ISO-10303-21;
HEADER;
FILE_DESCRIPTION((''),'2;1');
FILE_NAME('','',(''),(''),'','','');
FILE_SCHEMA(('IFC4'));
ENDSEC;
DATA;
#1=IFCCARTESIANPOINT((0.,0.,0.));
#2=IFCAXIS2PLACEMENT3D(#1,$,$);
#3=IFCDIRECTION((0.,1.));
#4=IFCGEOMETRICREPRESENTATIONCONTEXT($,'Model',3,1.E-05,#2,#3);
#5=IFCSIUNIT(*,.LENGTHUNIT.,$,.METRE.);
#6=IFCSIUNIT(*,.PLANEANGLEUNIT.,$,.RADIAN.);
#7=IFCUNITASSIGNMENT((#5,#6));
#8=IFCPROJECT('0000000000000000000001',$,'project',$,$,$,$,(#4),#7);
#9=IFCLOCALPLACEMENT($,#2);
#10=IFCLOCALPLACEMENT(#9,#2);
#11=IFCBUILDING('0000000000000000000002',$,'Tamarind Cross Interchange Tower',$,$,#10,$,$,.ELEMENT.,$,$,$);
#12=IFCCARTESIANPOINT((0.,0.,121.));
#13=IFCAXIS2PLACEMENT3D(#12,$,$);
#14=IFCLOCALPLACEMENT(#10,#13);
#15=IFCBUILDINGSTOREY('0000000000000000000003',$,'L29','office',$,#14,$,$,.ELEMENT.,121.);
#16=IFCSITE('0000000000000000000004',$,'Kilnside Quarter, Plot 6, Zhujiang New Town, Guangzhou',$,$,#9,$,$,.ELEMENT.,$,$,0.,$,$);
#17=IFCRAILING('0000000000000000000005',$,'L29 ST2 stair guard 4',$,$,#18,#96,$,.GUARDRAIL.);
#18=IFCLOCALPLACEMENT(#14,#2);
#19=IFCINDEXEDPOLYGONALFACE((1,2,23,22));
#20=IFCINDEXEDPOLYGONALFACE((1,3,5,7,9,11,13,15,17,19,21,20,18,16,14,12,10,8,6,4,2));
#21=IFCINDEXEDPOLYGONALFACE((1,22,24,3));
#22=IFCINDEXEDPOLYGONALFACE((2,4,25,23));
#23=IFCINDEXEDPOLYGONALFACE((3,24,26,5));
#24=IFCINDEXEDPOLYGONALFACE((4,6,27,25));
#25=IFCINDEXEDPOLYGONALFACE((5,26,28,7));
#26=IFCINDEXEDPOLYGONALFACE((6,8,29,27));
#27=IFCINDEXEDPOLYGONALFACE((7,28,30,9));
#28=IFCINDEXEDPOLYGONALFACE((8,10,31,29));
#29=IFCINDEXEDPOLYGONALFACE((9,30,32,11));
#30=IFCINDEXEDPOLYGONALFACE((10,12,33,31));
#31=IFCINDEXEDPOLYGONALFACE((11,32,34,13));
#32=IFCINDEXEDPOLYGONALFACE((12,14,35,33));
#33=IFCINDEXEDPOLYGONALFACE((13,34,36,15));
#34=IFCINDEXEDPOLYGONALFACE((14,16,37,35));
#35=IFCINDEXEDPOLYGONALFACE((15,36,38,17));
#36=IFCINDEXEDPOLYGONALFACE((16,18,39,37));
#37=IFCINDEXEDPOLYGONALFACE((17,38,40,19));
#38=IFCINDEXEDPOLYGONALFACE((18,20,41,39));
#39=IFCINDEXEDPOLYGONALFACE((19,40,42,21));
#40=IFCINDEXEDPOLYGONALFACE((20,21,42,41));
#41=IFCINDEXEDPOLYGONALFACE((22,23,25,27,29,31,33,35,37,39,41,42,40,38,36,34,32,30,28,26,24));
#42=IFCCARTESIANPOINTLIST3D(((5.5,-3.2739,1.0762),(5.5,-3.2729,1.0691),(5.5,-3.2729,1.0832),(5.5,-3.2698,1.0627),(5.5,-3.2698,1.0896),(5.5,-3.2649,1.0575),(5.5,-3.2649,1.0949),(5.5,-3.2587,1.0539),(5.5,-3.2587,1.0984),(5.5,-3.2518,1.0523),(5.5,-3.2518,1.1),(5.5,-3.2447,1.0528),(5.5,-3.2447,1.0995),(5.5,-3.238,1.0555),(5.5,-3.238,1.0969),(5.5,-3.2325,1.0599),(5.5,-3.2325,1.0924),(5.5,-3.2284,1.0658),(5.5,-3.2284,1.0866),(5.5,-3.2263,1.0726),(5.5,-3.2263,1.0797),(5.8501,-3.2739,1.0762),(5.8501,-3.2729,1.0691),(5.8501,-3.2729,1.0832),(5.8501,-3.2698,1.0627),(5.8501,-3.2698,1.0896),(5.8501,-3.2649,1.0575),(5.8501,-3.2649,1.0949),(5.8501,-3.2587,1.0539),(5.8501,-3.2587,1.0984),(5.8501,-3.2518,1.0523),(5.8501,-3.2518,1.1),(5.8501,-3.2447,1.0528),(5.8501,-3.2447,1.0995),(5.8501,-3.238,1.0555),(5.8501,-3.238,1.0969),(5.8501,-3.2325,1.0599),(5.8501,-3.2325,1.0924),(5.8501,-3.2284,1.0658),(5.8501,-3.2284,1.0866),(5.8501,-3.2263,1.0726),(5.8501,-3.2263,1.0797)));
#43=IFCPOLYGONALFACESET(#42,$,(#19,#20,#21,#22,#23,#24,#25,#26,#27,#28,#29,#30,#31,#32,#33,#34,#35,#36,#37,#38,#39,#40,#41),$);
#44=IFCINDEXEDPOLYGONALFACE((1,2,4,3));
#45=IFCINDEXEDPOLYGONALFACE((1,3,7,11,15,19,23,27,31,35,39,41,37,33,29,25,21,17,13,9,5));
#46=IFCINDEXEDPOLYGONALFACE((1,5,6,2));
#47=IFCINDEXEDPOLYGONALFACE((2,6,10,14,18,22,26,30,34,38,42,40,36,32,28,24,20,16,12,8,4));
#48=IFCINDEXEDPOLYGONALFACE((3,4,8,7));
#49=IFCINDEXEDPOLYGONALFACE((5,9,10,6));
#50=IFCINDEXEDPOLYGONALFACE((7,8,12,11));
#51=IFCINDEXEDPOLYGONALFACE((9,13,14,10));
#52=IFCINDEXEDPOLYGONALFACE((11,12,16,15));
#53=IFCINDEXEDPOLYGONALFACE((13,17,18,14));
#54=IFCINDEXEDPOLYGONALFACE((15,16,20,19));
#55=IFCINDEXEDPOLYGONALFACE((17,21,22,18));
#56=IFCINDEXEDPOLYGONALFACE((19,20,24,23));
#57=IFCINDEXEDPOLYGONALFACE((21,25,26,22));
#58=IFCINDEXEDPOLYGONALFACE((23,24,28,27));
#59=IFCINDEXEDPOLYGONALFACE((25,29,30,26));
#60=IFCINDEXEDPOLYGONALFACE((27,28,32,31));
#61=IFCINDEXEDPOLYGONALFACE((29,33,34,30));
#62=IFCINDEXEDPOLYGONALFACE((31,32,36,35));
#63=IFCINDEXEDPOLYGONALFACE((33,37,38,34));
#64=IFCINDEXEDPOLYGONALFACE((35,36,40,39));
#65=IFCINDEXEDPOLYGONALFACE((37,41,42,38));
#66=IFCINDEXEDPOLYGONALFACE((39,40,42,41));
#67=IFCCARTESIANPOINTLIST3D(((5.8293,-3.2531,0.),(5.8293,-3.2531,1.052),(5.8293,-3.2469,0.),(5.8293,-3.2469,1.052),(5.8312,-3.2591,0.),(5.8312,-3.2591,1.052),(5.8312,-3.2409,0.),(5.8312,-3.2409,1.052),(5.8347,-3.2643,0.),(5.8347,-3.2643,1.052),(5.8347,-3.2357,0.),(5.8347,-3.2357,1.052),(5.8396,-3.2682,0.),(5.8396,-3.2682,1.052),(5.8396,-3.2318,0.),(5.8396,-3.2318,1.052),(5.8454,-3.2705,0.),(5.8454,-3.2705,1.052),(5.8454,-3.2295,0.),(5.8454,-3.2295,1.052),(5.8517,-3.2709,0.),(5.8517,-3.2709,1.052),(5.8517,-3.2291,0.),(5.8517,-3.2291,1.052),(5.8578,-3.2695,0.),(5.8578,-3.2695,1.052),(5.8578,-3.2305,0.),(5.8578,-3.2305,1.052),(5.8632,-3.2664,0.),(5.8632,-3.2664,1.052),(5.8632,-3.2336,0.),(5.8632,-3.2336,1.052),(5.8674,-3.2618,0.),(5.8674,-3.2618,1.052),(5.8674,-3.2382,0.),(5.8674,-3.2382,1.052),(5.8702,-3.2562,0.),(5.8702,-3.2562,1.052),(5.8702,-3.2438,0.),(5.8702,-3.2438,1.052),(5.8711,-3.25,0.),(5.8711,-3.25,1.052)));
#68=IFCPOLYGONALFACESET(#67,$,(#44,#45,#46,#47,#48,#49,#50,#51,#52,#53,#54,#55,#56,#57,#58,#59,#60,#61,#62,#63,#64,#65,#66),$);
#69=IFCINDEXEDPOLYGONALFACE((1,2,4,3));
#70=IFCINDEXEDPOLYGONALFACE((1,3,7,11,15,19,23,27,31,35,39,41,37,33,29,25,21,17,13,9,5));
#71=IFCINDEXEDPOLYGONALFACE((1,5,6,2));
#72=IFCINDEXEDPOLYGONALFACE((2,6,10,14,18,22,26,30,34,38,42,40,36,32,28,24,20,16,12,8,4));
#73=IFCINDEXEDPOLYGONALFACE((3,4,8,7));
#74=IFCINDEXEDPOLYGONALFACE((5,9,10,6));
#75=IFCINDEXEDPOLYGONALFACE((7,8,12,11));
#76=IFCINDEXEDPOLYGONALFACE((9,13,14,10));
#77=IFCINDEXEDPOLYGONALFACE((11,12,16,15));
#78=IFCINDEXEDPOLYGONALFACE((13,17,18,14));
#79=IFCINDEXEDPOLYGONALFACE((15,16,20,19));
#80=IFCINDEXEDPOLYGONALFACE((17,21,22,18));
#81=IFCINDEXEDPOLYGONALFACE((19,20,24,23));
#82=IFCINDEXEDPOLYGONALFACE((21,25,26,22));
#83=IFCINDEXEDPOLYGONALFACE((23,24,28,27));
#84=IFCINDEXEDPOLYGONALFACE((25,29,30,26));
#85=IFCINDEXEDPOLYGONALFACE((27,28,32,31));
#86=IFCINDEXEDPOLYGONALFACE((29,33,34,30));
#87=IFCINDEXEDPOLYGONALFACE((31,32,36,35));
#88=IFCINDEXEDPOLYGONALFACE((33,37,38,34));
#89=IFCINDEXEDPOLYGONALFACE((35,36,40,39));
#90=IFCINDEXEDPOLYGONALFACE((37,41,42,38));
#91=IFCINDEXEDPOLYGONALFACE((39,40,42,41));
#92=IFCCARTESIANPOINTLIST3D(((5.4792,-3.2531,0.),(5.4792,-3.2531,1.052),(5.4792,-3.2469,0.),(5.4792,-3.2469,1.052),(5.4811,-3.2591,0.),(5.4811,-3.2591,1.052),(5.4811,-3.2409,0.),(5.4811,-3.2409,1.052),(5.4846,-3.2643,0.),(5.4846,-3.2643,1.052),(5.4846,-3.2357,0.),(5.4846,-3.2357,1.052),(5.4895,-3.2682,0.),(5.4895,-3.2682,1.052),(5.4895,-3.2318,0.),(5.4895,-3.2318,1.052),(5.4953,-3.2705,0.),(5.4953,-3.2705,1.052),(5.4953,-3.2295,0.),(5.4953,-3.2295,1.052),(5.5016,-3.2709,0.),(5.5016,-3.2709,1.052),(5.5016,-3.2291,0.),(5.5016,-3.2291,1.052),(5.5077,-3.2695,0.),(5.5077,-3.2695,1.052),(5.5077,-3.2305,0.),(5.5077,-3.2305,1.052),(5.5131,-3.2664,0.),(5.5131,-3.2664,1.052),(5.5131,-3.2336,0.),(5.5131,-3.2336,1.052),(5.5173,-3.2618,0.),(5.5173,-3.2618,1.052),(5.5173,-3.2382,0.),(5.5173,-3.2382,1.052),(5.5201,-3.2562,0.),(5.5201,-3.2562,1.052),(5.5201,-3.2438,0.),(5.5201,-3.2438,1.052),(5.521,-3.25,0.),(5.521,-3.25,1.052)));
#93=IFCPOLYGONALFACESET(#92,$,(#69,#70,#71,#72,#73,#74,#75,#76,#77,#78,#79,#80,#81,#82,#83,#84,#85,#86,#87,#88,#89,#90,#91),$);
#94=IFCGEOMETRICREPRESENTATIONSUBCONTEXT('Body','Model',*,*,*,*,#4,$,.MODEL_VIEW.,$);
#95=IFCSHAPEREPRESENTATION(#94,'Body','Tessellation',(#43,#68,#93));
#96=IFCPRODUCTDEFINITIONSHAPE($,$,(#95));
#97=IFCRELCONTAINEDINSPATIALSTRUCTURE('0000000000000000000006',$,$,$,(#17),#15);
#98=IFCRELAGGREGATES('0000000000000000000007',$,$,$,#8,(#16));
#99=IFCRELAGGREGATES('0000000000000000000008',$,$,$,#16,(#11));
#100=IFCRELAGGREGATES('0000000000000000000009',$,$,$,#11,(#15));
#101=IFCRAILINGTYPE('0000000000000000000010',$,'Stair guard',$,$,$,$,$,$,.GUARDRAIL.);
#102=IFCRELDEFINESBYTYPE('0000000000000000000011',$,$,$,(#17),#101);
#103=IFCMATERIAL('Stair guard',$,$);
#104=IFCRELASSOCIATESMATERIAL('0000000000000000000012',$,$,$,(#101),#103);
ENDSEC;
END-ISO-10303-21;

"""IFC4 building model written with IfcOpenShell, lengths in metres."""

from ifc_helpers import new_model, si_unit, direction, frame, origin, origin_2d, place, context, subcontext, project, spatial, circle, extrude, material, type_object, element, save


model = new_model("IFC4")

# Units and contexts
model_context = context("Model", 3, precision=1e-05, world=origin(), true_north=direction((0.0, 1.0)))
body_context = subcontext(model_context, "Body", "Model", "MODEL_VIEW")
ifc_project = project(units=[si_unit("LENGTHUNIT", "METRE"), si_unit("PLANEANGLEUNIT", "RADIAN")], contexts=[model_context])

# Site, building, storey
site_placement = place(None, origin())
site = spatial("IfcSite", under=ifc_project, at=site_placement, Name="Kilnside Quarter, Plot 6, Zhujiang New Town, Guangzhou", CompositionType="ELEMENT", RefElevation=0.0)
building_placement = place(site_placement, origin())
building = spatial("IfcBuilding", under=site, at=building_placement, Name="Tamarind Cross Interchange Tower", CompositionType="ELEMENT")
storey_placement = place(building_placement, frame((0.0, 0.0, 121.0)))
storey = spatial("IfcBuildingStorey", under=building, at=storey_placement, Name="L29", Description="office", CompositionType="ELEMENT", Elevation=121.0)

# Railing
ifc_material_1 = material(Name="Stair guard")
railing_type_1 = type_object("IfcRailingType", Name="Stair guard", PredefinedType="GUARDRAIL", material=ifc_material_1)
railing_1_placement = place(storey_placement, frame((5.8501, -3.25, 0.0)))
element("IfcRailing", 1, at=railing_1_placement, inside=storey, type_object=railing_type_1, Name="L29 ST2 stair guard 4", PredefinedType="GUARDRAIL", context=body_context, shape_type="SweptSolid", body=[
    extrude(circle(Radius=0.0239, at=origin_2d()), frame((0.0, 0.0, 1.0762), z_axis=(-1.0, 0.0, 0.0), x_axis=(0.0, -1.0, 0.0)), (0.0, 0.0, 1.0), 0.3501),
    extrude(circle(Radius=0.021, at=origin_2d()), origin(), (0.0, 0.0, 1.0), 1.052),
    extrude(circle(Radius=0.021, at=origin_2d()), frame((-0.3501, 0.0, 0.0)), (0.0, 0.0, 1.0), 1.052),
])

save(model, "model.ifc")
